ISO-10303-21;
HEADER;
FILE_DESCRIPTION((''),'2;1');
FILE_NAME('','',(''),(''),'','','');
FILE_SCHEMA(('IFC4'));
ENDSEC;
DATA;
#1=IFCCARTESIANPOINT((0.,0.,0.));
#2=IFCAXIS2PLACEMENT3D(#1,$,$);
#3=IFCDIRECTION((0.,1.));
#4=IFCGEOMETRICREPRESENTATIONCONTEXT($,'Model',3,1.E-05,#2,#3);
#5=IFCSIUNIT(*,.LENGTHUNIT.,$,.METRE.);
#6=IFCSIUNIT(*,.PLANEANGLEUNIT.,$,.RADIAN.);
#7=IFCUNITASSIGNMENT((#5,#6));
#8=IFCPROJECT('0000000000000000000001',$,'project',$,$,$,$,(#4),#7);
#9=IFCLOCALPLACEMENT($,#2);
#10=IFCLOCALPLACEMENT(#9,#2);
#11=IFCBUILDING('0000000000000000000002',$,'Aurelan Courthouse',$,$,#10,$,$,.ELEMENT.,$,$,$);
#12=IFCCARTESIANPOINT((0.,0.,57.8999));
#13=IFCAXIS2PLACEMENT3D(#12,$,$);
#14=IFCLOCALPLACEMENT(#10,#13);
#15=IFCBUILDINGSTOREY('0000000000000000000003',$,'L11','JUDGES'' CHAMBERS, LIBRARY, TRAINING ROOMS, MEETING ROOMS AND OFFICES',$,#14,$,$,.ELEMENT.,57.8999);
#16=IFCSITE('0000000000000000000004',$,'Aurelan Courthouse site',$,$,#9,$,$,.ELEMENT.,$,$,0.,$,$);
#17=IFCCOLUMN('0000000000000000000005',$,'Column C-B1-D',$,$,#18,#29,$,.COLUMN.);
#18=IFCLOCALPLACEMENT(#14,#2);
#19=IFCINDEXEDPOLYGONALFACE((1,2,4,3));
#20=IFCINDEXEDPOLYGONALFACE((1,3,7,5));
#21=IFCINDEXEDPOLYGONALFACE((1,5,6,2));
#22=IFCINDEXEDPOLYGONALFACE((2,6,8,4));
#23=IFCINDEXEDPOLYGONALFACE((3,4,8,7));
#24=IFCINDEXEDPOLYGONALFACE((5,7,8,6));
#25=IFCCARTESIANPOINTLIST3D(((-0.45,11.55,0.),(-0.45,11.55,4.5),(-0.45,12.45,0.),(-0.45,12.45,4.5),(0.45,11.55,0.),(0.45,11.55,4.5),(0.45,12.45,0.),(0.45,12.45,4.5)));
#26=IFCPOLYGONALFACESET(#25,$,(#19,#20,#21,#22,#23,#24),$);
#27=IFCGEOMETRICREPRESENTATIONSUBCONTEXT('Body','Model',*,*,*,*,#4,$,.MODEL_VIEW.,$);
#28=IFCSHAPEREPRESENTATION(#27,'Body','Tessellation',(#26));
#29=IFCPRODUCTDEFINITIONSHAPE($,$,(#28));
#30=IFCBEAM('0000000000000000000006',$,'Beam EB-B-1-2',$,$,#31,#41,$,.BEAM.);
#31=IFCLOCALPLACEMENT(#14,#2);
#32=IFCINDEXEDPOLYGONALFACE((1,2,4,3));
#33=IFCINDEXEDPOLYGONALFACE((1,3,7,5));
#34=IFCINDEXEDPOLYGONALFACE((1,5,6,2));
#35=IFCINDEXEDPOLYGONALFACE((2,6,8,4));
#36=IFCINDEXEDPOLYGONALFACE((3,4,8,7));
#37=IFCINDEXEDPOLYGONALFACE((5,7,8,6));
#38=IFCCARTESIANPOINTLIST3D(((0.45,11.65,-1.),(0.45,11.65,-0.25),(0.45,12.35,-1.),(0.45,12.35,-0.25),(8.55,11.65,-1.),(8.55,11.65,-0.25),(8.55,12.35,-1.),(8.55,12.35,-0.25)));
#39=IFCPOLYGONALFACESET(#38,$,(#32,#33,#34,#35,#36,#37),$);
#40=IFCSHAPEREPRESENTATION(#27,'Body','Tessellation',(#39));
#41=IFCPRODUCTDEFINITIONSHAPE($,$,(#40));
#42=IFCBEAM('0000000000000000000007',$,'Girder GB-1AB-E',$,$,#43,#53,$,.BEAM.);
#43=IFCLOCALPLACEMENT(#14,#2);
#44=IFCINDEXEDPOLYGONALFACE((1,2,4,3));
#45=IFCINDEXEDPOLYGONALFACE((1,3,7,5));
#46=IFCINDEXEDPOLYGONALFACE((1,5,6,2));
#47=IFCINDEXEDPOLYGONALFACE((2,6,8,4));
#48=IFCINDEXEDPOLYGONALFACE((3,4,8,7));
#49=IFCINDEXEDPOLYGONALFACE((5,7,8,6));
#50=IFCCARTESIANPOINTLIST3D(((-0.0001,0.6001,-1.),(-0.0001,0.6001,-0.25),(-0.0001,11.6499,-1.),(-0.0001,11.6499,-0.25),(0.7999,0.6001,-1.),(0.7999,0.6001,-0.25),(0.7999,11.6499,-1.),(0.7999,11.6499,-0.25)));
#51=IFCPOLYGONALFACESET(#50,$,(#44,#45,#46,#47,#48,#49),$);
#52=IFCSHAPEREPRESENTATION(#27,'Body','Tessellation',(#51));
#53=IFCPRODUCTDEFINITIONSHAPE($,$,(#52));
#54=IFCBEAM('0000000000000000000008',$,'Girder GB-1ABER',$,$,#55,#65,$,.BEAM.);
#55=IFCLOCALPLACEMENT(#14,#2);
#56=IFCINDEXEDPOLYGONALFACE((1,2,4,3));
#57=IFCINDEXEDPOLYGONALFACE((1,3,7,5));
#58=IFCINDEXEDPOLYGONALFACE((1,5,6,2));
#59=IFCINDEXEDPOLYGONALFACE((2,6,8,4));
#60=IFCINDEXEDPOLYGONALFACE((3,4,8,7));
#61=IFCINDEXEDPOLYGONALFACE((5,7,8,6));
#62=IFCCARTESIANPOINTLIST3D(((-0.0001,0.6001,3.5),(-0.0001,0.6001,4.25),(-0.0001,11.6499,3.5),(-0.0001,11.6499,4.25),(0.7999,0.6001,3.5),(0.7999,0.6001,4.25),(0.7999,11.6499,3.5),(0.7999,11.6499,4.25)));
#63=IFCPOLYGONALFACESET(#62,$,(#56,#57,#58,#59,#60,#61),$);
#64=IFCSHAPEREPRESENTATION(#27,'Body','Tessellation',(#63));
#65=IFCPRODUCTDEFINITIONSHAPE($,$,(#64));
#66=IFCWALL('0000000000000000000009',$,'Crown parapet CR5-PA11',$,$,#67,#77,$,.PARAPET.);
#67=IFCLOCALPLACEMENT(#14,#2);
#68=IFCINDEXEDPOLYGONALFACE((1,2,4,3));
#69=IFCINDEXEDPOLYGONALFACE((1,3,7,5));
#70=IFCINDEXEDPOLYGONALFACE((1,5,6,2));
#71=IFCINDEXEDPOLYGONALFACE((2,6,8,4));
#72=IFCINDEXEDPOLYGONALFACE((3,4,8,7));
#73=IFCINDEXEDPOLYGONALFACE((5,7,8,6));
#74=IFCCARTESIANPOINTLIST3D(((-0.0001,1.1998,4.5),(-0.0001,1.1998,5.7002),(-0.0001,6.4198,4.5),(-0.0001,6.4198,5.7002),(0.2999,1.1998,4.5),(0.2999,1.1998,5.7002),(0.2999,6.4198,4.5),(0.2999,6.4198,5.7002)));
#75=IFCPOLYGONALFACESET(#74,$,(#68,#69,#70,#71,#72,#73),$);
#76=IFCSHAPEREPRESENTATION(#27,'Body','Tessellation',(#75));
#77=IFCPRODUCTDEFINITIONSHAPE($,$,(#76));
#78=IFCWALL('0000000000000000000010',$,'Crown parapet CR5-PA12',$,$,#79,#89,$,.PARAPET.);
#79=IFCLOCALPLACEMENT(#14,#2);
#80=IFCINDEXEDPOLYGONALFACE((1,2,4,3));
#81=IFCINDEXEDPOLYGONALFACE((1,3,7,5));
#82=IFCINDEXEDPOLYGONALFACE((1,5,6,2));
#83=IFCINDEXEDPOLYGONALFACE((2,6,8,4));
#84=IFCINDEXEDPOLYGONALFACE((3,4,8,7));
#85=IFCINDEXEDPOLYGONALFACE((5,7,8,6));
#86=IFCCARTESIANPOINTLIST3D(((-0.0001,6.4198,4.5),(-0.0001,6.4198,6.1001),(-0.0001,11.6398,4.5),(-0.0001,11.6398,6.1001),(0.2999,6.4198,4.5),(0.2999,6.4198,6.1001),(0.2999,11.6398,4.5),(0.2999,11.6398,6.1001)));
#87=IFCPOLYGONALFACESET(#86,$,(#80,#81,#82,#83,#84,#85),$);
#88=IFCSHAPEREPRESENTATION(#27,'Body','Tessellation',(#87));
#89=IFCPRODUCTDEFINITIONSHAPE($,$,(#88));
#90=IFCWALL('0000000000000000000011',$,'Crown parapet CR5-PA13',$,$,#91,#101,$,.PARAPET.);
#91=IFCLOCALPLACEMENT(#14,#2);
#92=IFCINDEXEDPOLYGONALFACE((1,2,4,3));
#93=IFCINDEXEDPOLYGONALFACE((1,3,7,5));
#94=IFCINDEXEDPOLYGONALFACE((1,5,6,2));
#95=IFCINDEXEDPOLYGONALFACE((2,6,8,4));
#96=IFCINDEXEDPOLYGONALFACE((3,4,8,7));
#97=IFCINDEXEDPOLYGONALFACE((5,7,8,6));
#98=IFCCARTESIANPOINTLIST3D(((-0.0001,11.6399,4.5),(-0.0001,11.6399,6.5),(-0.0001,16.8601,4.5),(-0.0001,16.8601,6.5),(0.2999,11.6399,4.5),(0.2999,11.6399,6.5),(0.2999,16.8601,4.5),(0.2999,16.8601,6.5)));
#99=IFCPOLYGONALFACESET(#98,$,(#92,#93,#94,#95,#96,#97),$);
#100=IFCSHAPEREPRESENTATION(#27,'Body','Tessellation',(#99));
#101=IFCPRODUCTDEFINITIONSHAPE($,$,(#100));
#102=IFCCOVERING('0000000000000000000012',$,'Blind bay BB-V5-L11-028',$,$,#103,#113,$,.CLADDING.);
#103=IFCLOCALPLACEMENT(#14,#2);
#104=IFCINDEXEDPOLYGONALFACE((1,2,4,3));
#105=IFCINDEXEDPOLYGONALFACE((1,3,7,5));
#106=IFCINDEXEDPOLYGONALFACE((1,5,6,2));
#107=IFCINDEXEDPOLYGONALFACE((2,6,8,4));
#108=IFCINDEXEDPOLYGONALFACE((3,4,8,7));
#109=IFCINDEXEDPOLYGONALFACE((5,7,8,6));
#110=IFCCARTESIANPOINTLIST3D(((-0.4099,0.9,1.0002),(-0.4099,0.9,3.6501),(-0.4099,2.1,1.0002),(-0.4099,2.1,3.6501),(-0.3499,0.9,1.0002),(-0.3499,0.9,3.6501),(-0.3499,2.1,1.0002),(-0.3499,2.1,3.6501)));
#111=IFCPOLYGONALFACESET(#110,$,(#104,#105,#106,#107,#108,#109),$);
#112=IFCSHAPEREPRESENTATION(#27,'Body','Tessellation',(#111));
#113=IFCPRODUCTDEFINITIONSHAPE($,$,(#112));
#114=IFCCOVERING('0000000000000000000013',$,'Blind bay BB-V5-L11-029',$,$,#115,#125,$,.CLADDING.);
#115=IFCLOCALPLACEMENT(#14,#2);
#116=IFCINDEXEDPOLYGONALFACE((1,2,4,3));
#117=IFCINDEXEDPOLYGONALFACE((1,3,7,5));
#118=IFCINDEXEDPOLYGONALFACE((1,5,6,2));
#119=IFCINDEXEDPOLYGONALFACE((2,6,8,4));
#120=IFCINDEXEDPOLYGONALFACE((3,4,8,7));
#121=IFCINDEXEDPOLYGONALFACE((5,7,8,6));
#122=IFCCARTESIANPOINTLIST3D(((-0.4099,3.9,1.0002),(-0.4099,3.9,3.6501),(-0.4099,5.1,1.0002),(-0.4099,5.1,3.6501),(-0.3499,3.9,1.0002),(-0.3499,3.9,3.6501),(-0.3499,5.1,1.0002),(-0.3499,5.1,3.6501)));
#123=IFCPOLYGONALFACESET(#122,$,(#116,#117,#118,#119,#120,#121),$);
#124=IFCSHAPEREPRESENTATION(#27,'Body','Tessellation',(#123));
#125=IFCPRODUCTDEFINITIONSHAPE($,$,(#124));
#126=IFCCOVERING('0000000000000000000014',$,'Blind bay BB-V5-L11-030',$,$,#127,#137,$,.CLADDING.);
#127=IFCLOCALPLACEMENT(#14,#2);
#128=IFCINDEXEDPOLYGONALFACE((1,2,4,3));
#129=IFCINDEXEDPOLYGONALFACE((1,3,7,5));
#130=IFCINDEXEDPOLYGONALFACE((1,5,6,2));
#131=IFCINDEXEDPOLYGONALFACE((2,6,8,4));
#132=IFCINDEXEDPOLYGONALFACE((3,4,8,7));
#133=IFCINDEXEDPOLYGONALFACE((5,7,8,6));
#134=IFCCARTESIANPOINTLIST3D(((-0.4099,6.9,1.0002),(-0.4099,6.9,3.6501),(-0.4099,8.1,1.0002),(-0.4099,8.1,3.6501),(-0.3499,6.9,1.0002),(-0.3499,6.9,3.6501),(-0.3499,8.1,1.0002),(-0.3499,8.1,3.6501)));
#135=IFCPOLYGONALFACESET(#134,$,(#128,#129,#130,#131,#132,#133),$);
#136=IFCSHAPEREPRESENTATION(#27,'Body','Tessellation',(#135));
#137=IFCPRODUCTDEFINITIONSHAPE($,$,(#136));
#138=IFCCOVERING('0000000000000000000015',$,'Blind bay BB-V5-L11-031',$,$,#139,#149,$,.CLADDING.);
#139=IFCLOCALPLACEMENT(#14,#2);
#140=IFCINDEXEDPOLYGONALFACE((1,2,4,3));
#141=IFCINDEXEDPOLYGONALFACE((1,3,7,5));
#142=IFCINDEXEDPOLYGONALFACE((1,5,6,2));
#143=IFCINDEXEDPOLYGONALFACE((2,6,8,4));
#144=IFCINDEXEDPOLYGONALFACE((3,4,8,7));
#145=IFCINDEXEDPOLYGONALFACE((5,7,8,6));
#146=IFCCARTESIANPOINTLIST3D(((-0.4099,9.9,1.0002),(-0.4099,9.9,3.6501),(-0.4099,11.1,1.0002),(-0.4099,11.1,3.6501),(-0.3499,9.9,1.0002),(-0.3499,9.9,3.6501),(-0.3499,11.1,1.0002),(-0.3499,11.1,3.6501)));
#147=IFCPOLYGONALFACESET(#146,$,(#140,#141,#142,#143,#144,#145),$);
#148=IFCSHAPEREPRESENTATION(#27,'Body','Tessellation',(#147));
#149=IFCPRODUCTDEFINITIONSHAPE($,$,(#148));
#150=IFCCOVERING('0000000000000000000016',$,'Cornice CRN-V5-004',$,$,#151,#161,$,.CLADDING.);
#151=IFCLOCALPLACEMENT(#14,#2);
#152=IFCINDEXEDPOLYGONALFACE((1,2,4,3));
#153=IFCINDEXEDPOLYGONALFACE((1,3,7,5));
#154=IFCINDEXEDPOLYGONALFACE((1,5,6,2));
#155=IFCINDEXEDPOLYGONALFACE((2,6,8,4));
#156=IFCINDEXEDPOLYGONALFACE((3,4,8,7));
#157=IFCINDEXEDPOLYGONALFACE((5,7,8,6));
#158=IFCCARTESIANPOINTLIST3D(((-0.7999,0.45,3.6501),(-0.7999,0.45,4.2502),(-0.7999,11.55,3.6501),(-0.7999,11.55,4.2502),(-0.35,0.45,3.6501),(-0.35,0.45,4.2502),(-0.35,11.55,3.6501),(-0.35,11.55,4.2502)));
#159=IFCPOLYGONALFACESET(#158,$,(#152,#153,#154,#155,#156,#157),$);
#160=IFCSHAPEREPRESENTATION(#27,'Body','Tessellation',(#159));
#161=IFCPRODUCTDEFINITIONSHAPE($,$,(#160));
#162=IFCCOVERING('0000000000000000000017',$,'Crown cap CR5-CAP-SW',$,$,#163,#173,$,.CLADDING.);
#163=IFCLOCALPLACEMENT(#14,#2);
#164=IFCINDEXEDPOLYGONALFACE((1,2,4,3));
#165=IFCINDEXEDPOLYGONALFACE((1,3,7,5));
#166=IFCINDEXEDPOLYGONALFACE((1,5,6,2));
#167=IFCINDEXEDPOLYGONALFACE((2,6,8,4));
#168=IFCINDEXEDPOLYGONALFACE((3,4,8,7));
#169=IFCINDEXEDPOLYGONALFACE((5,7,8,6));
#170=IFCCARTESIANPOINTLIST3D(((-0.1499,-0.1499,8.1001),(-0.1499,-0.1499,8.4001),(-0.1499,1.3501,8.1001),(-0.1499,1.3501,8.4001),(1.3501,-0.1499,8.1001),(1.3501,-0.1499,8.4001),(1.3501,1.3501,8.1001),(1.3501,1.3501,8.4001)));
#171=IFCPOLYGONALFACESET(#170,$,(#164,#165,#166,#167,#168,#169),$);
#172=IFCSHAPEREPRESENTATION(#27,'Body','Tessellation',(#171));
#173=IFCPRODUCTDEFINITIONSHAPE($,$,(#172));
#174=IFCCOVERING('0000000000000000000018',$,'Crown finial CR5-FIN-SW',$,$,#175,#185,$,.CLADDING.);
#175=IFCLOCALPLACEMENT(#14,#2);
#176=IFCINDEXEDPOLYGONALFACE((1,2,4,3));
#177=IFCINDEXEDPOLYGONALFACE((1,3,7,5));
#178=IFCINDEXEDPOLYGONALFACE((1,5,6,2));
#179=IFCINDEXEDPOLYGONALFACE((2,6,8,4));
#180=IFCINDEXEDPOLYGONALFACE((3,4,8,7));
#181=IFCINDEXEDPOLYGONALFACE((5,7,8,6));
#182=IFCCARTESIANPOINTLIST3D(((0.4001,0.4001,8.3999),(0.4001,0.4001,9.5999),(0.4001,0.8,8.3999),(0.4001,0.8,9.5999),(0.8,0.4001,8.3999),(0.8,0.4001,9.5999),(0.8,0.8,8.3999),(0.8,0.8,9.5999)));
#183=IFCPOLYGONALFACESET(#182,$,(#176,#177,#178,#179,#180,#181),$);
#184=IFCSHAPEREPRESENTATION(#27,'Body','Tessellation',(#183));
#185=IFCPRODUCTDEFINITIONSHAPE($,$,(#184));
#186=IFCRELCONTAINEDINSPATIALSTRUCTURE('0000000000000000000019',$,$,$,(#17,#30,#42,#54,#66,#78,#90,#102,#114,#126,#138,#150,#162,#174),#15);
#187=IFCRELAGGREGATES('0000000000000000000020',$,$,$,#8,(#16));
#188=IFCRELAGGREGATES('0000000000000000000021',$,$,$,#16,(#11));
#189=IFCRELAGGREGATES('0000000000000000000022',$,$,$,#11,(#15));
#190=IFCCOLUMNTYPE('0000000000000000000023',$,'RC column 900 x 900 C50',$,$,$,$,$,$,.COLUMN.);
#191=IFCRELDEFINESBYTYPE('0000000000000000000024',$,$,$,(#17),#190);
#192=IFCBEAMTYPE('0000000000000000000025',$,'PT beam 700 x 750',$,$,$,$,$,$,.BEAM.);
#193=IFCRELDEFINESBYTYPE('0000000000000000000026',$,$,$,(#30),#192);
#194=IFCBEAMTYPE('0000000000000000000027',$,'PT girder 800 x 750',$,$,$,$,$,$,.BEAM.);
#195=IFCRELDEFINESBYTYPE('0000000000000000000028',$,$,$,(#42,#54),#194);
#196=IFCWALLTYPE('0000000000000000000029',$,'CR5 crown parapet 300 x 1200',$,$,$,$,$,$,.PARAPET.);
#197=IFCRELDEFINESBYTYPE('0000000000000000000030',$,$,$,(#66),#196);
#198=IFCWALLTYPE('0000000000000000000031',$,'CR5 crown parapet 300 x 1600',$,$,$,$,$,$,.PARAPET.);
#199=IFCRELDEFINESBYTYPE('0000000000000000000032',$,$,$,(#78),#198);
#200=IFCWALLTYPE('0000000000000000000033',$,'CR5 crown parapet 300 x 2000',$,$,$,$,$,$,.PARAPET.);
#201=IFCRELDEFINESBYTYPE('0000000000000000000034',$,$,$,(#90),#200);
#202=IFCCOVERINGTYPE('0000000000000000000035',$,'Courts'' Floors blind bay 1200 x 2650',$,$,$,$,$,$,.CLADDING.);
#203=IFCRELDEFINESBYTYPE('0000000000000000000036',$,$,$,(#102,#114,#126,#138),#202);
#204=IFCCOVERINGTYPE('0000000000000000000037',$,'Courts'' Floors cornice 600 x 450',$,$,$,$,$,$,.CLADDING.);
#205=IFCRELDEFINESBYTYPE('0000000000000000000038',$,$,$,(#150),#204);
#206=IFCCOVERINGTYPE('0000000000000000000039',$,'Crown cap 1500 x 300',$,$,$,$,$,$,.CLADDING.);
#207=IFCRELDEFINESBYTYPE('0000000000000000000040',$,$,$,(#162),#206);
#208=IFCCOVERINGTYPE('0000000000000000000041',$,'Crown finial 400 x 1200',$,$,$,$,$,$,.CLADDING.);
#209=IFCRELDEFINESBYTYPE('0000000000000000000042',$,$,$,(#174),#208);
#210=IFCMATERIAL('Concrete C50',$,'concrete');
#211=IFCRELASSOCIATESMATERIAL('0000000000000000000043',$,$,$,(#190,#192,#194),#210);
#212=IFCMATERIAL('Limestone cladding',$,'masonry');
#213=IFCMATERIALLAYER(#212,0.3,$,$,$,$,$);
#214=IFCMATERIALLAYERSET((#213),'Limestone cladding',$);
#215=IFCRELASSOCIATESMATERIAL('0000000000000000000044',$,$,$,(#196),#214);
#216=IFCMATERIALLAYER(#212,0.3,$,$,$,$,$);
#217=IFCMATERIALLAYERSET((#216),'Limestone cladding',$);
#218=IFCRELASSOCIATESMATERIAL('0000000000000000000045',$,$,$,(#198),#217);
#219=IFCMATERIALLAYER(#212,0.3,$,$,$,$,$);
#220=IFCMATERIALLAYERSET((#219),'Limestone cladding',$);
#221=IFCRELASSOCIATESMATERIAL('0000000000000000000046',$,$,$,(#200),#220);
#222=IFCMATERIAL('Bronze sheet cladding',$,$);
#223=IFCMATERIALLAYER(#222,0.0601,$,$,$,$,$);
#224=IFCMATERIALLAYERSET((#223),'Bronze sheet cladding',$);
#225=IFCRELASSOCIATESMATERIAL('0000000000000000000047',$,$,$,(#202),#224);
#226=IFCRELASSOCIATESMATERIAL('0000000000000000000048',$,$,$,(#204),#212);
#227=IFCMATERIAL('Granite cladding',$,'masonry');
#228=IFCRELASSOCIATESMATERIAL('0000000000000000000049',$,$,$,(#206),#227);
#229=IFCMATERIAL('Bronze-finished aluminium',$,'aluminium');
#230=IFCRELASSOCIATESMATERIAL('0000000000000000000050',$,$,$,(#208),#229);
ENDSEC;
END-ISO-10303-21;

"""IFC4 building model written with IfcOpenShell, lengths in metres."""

from ifc_helpers import new_model, si_unit, direction, frame, frame_2d, origin, origin_2d, place, context, subcontext, project, spatial, rectangle, extrude, material, layer, layer_set, material_profile, profile_set, type_object, element, save


model = new_model("IFC4")

# Units and contexts
model_context = context("Model", 3, precision=1e-05, world=origin(), true_north=direction((0.0, 1.0)))
body_context = subcontext(model_context, "Body", "Model", "MODEL_VIEW")
ifc_project = project(units=[si_unit("LENGTHUNIT", "METRE"), si_unit("PLANEANGLEUNIT", "RADIAN")], contexts=[model_context])

# Site, building, storey
site_placement = place(None, origin())
site = spatial("IfcSite", under=ifc_project, at=site_placement, Name="Aurelan Courthouse site", CompositionType="ELEMENT", RefElevation=0.0)
building_placement = place(site_placement, origin())
building = spatial("IfcBuilding", under=site, at=building_placement, Name="Aurelan Courthouse", CompositionType="ELEMENT")
storey_placement = place(building_placement, frame((0.0, 0.0, 57.8999)))
storey = spatial("IfcBuildingStorey", under=building, at=storey_placement, Name="L11", Description="JUDGES' CHAMBERS, LIBRARY, TRAINING ROOMS, MEETING ROOMS AND OFFICES", CompositionType="ELEMENT", Elevation=57.8999)

# Column
ifc_material_1 = material(Name="Concrete C50", Category="concrete")
ifc_material_profile_1 = material_profile(ifc_material_1, rectangle(XDim=0.8999, YDim=0.8999, at=origin_2d()), Name="RC 900 x 900")
ifc_profile_set_1 = profile_set([ifc_material_profile_1], Name="Concrete C50")
column_type = type_object("IfcColumnType", Name="RC column 900 x 900 C50", PredefinedType="COLUMN", material=ifc_profile_set_1)
column_placement = place(storey_placement, frame((0.0, 12.0, 0.0), z_axis=(0.0, 0.0, 1.0), x_axis=(1.0, 0.0, 0.0)))
element("IfcColumn", 1, at=column_placement, inside=storey, type_object=column_type, Name="Column C-B1-D", PredefinedType="COLUMN", context=body_context, shape_type="SweptSolid", body=[
    extrude(rectangle(XDim=0.8999, YDim=0.8999, at=origin_2d()), origin(), (0.0, 0.0, 1.0), 4.5),
])

# Beams
ifc_material_profile_2 = material_profile(ifc_material_1, rectangle(XDim=0.7, YDim=0.75, at=origin_2d()), Name="RC 700 x 750")
ifc_profile_set_2 = profile_set([ifc_material_profile_2], Name="Concrete C50")
beam_type_1 = type_object("IfcBeamType", Name="PT beam 700 x 750", PredefinedType="BEAM", material=ifc_profile_set_2)
beam_placement = place(storey_placement, frame((0.45, 12.0, -0.625), z_axis=(1.0, 0.0, 0.0), x_axis=(0.0, 1.0, 0.0)))
element("IfcBeam", 2, at=beam_placement, inside=storey, type_object=beam_type_1, Name="Beam EB-B-1-2", PredefinedType="BEAM", context=body_context, shape_type="SweptSolid", body=[
    extrude(rectangle(XDim=0.7, YDim=0.75, at=origin_2d()), origin(), (0.0, 0.0, 1.0), 8.1001),
])
ifc_material_profile_3 = material_profile(ifc_material_1, rectangle(XDim=0.8, YDim=0.75, at=origin_2d()), Name="RC 800 x 750")
ifc_profile_set_3 = profile_set([ifc_material_profile_3], Name="Concrete C50")
beam_type_2 = type_object("IfcBeamType", Name="PT girder 800 x 750", PredefinedType="BEAM", material=ifc_profile_set_3)
for number, where, z_axis, x_axis, name in (
    (3, (0.3999, 0.6001, -0.625), (0.0, 1.0, 0.0), (-1.0, 0.0, 0.0), "Girder GB-1AB-E"),
    (4, (0.3999, 0.6001, 3.875), (0.0, 1.0, 0.0), (-1.0, 0.0, 0.0), "Girder GB-1ABER"),
):
    element("IfcBeam", number, at=place(storey_placement, frame(where, z_axis=z_axis, x_axis=x_axis)), inside=storey, type_object=beam_type_2, Name=name, PredefinedType="BEAM", context=body_context, shape_type="SweptSolid", body=[
        extrude(rectangle(XDim=0.8, YDim=0.75, at=origin_2d()), origin(), (0.0, 0.0, 1.0), 11.0498),
    ])

# Walls
ifc_material_2 = material(Name="Limestone cladding", Category="masonry")
ifc_layer_1 = layer(ifc_material_2, 0.3)
ifc_layer_set_1 = layer_set([ifc_layer_1], Name="Limestone cladding")
wall_type_1 = type_object("IfcWallType", Name="CR5 crown parapet 300 x 1200", PredefinedType="PARAPET", material=ifc_layer_set_1)
wall_1_placement = place(storey_placement, frame((0.1499, 1.2, 4.5), z_axis=(0.0, 0.0, 1.0), x_axis=(0.0, 1.0, 0.0)))
element("IfcWall", 5, at=wall_1_placement, inside=storey, type_object=wall_type_1, Name="Crown parapet CR5-PA11", PredefinedType="PARAPET", context=body_context, shape_type="SweptSolid", body=[
    extrude(rectangle(XDim=5.22, YDim=0.3, at=frame_2d((2.6099, 0.0))), origin(), (0.0, 0.0, 1.0), 1.2002),
])
ifc_layer_2 = layer(ifc_material_2, 0.3)
ifc_layer_set_2 = layer_set([ifc_layer_2], Name="Limestone cladding")
wall_type_2 = type_object("IfcWallType", Name="CR5 crown parapet 300 x 1600", PredefinedType="PARAPET", material=ifc_layer_set_2)
wall_2_placement = place(storey_placement, frame((0.1499, 6.4199, 4.5), z_axis=(0.0, 0.0, 1.0), x_axis=(0.0, 1.0, 0.0)))
element("IfcWall", 6, at=wall_2_placement, inside=storey, type_object=wall_type_2, Name="Crown parapet CR5-PA12", PredefinedType="PARAPET", context=body_context, shape_type="SweptSolid", body=[
    extrude(rectangle(XDim=5.22, YDim=0.3, at=frame_2d((2.6099, 0.0))), origin(), (0.0, 0.0, 1.0), 1.6001),
])
ifc_layer_3 = layer(ifc_material_2, 0.3)
ifc_layer_set_3 = layer_set([ifc_layer_3], Name="Limestone cladding")
wall_type_3 = type_object("IfcWallType", Name="CR5 crown parapet 300 x 2000", PredefinedType="PARAPET", material=ifc_layer_set_3)
wall_3_placement = place(storey_placement, frame((0.1499, 11.6399, 4.5), z_axis=(0.0, 0.0, 1.0), x_axis=(0.0, 1.0, 0.0)))
element("IfcWall", 7, at=wall_3_placement, inside=storey, type_object=wall_type_3, Name="Crown parapet CR5-PA13", PredefinedType="PARAPET", context=body_context, shape_type="SweptSolid", body=[
    extrude(rectangle(XDim=5.2202, YDim=0.3, at=frame_2d((2.6101, 0.0))), origin(), (0.0, 0.0, 1.0), 2.0),
])

# Coverings
ifc_material_3 = material(Name="Bronze sheet cladding")
ifc_layer_4 = layer(ifc_material_3, 0.0601)
ifc_layer_set_4 = layer_set([ifc_layer_4], Name="Bronze sheet cladding")
covering_type_1 = type_object("IfcCoveringType", Name="Courts' Floors blind bay 1200 x 2650", PredefinedType="CLADDING", material=ifc_layer_set_4)
for number, where, z_axis, x_axis, name in (
    (8, (-0.3799, 1.5, 1.0002), (0.0, 0.0, 1.0), (1.0, 0.0, 0.0), "Blind bay BB-V5-L11-028"),
    (9, (-0.3799, 4.5, 1.0002), (0.0, 0.0, 1.0), (1.0, 0.0, 0.0), "Blind bay BB-V5-L11-029"),
    (10, (-0.3799, 7.5, 1.0002), (0.0, 0.0, 1.0), (1.0, 0.0, 0.0), "Blind bay BB-V5-L11-030"),
    (11, (-0.3799, 10.5, 1.0002), (0.0, 0.0, 1.0), (1.0, 0.0, 0.0), "Blind bay BB-V5-L11-031"),
):
    element("IfcCovering", number, at=place(storey_placement, frame(where, z_axis=z_axis, x_axis=x_axis)), inside=storey, type_object=covering_type_1, Name=name, PredefinedType="CLADDING", context=body_context, shape_type="SweptSolid", body=[
        extrude(rectangle(XDim=0.0601, YDim=1.2, at=origin_2d()), origin(), (0.0, 0.0, 1.0), 2.6499),
    ])
covering_type_2 = type_object("IfcCoveringType", Name="Courts' Floors cornice 600 x 450", PredefinedType="CLADDING", material=ifc_material_2)
covering_1_placement = place(storey_placement, frame((-0.575, 6.0, 3.6501), z_axis=(0.0, 0.0, 1.0), x_axis=(1.0, 0.0, 0.0)))
element("IfcCovering", 12, at=covering_1_placement, inside=storey, type_object=covering_type_2, Name="Cornice CRN-V5-004", PredefinedType="CLADDING", context=body_context, shape_type="SweptSolid", body=[
    extrude(rectangle(XDim=0.45, YDim=11.1001, at=origin_2d()), origin(), (0.0, 0.0, 1.0), 0.6001),
])
ifc_material_4 = material(Name="Granite cladding", Category="masonry")
covering_type_3 = type_object("IfcCoveringType", Name="Crown cap 1500 x 300", PredefinedType="CLADDING", material=ifc_material_4)
covering_2_placement = place(storey_placement, frame((0.6001, 0.6001, 8.1001), z_axis=(0.0, 0.0, 1.0), x_axis=(1.0, 0.0, 0.0)))
element("IfcCovering", 13, at=covering_2_placement, inside=storey, type_object=covering_type_3, Name="Crown cap CR5-CAP-SW", PredefinedType="CLADDING", context=body_context, shape_type="SweptSolid", body=[
    extrude(rectangle(XDim=1.5, YDim=1.5, at=origin_2d()), origin(), (0.0, 0.0, 1.0), 0.3),
])
ifc_material_5 = material(Name="Bronze-finished aluminium", Category="aluminium")
covering_type_4 = type_object("IfcCoveringType", Name="Crown finial 400 x 1200", PredefinedType="CLADDING", material=ifc_material_5)
covering_3_placement = place(storey_placement, frame((0.6001, 0.6001, 8.3999), z_axis=(0.0, 0.0, 1.0), x_axis=(1.0, 0.0, 0.0)))
element("IfcCovering", 14, at=covering_3_placement, inside=storey, type_object=covering_type_4, Name="Crown finial CR5-FIN-SW", PredefinedType="CLADDING", context=body_context, shape_type="SweptSolid", body=[
    extrude(rectangle(XDim=0.3999, YDim=0.3999, at=origin_2d()), origin(), (0.0, 0.0, 1.0), 1.2),
])

save(model, "model.ifc")
